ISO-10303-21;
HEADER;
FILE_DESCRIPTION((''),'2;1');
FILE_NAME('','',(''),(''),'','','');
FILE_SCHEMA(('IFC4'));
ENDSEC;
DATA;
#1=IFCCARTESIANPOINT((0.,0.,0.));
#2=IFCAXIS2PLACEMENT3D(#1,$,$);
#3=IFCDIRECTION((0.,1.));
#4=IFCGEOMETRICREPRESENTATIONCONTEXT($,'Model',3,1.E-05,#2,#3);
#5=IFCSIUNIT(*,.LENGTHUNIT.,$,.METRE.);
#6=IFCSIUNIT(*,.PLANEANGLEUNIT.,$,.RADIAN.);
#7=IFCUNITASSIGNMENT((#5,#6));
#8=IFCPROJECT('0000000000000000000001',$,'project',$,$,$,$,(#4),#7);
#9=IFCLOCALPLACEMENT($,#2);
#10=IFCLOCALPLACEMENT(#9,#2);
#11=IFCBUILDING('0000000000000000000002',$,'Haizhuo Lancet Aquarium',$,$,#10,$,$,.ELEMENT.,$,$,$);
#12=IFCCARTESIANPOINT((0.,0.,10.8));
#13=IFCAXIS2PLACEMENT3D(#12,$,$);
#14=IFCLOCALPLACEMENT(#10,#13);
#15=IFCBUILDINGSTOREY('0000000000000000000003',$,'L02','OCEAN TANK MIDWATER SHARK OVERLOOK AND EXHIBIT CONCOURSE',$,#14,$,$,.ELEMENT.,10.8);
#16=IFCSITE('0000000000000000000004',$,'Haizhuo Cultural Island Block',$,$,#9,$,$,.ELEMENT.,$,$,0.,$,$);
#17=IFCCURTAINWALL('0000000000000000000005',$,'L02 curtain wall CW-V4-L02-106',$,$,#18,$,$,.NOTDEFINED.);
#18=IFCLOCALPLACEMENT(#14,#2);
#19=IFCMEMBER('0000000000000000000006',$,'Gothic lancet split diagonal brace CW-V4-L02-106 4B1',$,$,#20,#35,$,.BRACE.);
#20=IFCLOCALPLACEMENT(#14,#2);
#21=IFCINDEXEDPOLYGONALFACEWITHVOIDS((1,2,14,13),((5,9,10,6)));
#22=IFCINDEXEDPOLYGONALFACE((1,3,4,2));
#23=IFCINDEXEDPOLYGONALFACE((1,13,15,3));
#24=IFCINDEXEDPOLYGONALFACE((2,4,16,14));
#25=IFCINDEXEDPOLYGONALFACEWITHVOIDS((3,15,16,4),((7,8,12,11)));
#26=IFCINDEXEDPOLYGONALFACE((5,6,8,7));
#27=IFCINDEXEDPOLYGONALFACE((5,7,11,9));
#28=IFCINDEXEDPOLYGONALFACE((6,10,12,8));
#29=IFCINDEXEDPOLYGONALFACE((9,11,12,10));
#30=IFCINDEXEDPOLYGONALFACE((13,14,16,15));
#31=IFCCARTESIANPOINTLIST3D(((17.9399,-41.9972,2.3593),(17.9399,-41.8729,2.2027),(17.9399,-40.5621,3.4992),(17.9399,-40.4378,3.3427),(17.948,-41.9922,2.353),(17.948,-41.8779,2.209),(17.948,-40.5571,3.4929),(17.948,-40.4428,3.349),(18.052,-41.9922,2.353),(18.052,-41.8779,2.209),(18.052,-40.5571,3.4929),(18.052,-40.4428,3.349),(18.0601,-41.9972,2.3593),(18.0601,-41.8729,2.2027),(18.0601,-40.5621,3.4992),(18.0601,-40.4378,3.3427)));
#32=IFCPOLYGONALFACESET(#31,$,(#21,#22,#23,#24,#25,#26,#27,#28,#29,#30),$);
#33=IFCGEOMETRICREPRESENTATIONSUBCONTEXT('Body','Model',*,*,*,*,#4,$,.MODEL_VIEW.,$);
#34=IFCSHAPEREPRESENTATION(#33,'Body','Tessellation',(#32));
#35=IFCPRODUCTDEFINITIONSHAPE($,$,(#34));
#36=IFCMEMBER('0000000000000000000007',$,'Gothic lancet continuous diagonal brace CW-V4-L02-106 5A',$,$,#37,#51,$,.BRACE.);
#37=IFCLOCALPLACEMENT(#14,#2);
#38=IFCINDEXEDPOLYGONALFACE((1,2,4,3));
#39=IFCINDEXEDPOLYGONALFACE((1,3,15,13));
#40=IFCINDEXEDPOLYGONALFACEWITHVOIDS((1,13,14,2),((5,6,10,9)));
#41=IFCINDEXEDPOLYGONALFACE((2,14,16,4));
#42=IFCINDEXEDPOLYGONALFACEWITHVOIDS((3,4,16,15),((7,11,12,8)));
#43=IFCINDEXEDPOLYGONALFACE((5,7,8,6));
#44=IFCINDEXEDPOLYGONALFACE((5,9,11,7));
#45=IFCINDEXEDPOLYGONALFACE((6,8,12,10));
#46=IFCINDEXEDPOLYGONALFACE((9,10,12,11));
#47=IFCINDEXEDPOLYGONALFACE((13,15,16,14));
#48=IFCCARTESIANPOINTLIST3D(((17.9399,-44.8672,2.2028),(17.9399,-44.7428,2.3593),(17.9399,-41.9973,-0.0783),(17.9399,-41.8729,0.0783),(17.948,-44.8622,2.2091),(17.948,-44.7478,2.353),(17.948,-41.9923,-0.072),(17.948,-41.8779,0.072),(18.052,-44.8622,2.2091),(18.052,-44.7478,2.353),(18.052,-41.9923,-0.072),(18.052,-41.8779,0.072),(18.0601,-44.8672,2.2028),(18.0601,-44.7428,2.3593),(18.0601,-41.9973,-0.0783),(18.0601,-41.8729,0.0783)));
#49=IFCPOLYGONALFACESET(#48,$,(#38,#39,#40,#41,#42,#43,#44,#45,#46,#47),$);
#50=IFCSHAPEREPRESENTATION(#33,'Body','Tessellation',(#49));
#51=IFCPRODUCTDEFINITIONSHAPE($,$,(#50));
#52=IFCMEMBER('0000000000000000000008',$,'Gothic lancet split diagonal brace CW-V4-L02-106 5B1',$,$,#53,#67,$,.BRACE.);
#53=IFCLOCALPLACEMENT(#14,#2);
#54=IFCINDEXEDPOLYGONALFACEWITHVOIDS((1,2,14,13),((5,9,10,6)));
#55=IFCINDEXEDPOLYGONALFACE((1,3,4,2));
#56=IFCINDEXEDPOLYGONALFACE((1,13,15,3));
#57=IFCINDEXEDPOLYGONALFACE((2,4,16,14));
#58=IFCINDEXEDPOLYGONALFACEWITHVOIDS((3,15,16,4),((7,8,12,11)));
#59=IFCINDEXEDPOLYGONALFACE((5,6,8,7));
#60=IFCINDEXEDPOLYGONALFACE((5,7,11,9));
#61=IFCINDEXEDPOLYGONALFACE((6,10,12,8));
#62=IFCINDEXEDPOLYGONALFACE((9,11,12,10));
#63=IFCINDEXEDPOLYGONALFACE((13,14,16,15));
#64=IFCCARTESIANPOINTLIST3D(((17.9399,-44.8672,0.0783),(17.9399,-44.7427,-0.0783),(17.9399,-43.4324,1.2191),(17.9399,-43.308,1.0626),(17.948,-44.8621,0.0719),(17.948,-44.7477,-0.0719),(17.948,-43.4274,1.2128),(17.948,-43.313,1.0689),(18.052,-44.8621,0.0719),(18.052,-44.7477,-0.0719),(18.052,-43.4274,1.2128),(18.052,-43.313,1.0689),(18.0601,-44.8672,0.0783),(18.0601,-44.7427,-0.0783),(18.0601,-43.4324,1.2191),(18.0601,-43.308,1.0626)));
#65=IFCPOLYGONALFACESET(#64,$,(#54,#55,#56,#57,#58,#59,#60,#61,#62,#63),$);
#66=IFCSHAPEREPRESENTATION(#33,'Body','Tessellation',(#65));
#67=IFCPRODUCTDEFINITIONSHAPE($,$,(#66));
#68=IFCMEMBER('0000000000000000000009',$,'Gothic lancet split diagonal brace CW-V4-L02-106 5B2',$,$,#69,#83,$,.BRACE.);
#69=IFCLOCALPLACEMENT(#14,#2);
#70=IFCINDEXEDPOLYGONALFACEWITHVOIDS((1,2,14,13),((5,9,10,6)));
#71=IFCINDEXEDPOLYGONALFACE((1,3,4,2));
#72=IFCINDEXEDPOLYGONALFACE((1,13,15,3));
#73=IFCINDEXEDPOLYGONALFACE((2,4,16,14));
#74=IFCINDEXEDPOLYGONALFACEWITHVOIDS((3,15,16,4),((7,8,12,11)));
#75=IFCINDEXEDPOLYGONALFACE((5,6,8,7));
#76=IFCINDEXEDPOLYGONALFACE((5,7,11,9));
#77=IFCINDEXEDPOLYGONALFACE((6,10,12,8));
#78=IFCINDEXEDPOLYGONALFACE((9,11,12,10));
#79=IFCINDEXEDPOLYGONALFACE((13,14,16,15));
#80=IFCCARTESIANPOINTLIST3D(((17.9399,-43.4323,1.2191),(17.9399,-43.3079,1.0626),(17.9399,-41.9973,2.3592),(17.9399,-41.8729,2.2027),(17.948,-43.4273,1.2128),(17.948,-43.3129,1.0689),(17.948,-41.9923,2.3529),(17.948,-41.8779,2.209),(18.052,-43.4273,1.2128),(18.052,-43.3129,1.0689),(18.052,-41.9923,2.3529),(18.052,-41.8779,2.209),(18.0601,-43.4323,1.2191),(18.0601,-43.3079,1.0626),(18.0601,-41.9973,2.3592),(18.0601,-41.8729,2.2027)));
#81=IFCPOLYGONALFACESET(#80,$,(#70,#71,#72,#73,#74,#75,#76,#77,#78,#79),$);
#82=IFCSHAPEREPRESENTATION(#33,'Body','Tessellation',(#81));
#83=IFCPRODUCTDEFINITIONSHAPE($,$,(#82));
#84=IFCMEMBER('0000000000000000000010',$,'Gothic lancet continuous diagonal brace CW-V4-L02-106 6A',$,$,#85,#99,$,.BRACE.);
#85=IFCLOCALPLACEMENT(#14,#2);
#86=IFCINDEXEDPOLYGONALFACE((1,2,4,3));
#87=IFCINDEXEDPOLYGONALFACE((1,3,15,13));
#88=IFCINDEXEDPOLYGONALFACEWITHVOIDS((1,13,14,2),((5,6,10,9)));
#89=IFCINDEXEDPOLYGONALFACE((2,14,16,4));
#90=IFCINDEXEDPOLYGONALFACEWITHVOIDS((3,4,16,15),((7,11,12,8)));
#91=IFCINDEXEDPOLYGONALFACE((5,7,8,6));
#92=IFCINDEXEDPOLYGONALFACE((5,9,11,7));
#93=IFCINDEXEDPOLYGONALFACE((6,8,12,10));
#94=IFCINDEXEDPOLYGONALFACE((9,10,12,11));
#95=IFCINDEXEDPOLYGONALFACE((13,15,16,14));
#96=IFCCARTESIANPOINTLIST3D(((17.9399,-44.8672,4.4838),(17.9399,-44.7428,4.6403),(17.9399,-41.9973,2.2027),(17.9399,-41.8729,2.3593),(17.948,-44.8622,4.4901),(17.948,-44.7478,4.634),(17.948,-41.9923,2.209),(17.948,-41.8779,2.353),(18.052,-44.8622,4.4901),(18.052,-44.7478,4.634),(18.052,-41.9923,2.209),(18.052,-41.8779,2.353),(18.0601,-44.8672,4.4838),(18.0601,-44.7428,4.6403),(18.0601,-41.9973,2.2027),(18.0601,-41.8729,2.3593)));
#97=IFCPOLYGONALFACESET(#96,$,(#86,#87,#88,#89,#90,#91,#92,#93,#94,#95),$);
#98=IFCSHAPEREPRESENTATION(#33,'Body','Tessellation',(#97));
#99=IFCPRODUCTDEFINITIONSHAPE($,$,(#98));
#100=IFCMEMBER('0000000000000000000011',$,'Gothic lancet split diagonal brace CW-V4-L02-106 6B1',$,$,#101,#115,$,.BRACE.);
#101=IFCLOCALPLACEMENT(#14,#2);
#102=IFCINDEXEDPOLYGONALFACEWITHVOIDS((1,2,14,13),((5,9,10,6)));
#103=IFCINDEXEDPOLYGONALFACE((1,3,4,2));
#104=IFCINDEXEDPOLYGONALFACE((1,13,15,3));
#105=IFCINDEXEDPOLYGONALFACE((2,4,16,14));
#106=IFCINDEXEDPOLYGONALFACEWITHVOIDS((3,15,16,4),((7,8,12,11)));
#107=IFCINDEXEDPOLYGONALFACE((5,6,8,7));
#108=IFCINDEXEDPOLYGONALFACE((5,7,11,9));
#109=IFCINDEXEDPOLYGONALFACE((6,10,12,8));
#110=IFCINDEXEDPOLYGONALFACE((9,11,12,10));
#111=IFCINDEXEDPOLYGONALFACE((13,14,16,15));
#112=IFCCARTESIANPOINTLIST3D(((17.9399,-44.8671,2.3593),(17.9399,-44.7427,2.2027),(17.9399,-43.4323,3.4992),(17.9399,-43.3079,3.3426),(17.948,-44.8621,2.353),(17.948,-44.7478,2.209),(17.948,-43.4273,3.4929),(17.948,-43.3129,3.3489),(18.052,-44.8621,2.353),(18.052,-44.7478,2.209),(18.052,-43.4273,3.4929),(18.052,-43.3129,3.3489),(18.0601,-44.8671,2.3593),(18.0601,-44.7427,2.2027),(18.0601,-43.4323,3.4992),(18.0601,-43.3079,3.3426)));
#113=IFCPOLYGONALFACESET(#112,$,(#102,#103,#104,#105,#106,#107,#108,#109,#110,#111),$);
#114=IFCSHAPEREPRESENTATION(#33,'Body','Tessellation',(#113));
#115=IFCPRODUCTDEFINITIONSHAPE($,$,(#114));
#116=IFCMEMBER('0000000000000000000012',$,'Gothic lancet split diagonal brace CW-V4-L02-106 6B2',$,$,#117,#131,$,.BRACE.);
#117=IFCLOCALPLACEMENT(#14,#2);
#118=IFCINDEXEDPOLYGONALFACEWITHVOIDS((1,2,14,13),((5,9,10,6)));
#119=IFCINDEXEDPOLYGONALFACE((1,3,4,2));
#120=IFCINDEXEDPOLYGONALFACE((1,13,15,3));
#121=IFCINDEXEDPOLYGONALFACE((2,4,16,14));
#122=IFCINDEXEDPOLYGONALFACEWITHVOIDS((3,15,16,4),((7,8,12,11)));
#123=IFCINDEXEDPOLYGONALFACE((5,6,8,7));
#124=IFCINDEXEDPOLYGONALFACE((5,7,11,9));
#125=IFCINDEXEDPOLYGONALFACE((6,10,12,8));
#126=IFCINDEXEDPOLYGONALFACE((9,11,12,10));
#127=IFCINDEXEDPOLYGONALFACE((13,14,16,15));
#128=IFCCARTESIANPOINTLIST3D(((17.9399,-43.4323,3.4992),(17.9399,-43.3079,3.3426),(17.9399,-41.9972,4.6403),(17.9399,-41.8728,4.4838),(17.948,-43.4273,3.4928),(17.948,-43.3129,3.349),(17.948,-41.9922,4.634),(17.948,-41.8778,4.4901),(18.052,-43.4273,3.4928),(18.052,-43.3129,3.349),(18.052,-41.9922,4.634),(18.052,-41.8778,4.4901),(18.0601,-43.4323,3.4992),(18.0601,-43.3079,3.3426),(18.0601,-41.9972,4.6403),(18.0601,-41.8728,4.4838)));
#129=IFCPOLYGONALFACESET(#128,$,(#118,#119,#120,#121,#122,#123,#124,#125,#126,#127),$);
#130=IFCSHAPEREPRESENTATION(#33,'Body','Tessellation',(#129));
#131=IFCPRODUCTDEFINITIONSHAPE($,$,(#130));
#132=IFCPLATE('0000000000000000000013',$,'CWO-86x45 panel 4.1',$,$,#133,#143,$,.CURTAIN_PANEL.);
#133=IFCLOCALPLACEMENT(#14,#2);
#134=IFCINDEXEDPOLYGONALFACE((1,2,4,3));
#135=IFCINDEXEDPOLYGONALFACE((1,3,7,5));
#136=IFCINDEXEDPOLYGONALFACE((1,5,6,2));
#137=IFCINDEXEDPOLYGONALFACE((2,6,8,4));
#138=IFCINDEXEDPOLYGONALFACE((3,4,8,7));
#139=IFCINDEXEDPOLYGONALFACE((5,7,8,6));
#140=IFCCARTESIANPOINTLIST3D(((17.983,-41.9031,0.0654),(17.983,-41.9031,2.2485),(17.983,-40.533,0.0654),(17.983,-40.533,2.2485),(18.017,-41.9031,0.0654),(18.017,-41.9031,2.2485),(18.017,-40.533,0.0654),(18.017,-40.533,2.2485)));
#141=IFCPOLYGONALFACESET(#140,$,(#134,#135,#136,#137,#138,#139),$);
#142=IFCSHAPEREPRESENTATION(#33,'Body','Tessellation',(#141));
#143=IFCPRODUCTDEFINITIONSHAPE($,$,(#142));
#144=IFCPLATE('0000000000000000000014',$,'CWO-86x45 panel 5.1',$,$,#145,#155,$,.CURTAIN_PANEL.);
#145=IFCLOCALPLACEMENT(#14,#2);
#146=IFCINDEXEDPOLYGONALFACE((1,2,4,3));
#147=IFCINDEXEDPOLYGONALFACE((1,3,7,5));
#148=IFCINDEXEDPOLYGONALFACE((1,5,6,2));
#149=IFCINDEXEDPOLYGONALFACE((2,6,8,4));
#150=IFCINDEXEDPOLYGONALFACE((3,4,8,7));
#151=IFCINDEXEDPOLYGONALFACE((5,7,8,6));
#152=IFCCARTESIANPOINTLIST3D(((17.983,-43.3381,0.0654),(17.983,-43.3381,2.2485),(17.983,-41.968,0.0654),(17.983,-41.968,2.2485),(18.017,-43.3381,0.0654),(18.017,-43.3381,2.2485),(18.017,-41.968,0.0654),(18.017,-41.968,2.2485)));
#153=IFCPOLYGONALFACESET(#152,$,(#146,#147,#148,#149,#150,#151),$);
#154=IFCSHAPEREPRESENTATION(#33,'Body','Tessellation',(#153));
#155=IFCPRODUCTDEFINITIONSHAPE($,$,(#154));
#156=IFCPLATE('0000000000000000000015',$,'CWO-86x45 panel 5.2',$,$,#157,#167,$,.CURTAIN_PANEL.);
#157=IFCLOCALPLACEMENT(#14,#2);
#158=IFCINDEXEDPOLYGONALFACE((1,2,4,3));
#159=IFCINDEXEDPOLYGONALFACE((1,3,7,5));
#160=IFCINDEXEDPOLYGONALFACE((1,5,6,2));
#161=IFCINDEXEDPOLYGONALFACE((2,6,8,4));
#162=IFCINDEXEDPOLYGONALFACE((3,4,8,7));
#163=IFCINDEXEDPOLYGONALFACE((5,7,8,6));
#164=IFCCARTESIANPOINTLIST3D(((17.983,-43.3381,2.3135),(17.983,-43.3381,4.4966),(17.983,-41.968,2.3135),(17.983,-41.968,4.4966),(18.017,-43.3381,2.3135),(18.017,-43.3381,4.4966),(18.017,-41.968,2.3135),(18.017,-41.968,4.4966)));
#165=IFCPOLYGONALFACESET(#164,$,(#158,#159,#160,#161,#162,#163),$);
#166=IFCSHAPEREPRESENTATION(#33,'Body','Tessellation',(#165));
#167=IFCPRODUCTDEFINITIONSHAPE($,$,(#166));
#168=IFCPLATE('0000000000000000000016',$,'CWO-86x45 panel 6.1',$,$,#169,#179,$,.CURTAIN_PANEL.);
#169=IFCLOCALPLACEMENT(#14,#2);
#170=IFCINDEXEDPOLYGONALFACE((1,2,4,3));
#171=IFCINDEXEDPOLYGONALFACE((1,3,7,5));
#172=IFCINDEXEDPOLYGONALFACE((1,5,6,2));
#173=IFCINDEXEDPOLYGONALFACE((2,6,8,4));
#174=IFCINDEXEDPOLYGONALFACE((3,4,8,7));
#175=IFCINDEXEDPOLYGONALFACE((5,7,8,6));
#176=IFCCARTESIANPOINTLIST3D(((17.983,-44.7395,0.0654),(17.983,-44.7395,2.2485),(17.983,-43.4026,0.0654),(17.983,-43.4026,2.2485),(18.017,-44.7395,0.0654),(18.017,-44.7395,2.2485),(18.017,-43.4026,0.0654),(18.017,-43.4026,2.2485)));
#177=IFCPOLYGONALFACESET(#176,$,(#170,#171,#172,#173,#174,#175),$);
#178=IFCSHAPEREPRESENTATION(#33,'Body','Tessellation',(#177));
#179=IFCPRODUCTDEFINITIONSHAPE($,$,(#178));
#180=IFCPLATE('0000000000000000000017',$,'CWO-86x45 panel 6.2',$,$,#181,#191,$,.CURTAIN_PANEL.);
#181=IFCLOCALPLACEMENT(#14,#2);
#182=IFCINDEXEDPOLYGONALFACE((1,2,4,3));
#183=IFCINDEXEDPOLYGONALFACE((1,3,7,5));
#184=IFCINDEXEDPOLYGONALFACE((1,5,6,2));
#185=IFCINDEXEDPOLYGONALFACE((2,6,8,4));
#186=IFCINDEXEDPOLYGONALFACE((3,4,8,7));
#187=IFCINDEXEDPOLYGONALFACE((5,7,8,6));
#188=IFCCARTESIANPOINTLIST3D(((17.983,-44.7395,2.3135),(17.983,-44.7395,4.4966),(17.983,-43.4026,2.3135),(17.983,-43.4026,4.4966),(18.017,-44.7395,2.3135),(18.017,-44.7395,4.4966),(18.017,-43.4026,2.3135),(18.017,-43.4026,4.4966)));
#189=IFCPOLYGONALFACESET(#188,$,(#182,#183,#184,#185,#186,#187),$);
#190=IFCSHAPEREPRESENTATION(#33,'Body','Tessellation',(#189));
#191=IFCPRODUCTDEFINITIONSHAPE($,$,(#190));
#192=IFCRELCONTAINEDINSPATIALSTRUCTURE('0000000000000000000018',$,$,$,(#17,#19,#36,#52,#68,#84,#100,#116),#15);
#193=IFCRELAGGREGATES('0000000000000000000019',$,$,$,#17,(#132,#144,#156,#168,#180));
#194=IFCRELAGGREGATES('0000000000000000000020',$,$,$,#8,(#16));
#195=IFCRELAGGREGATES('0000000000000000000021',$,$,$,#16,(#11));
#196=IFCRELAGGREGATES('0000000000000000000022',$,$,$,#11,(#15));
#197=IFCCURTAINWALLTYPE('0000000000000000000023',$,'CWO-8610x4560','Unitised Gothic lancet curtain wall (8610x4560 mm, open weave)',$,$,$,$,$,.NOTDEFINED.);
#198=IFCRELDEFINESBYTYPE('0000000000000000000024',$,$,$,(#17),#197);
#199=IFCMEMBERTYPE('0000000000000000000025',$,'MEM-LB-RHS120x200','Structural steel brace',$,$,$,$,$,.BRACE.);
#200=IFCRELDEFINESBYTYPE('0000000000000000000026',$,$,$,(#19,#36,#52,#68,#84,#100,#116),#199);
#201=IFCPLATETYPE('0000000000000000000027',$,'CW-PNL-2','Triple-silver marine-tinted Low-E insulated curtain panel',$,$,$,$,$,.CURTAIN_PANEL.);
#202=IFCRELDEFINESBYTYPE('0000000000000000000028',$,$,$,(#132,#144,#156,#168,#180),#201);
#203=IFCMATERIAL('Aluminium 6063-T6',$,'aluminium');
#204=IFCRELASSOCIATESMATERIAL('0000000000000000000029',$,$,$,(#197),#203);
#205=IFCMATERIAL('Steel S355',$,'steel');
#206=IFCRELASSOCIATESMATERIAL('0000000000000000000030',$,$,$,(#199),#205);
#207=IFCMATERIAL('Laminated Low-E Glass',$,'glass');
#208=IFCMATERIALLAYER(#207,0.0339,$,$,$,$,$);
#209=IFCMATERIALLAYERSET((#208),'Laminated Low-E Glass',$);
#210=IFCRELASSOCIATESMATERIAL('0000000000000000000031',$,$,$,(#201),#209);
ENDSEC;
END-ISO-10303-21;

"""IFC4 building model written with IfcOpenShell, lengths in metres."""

from ifc_helpers import new_model, si_unit, direction, frame, origin, origin_2d, place, context, subcontext, project, spatial, rectangle, hollow_rectangle, extrude, material, layer, layer_set, material_profile, profile_set, type_object, element, aggregate, save


model = new_model("IFC4")

# Units and contexts
model_context = context("Model", 3, precision=1e-05, world=origin(), true_north=direction((0.0, 1.0)))
body_context = subcontext(model_context, "Body", "Model", "MODEL_VIEW")
ifc_project = project(units=[si_unit("LENGTHUNIT", "METRE"), si_unit("PLANEANGLEUNIT", "RADIAN")], contexts=[model_context])

# Site, building, storey
site_placement = place(None, origin())
site = spatial("IfcSite", under=ifc_project, at=site_placement, Name="Haizhuo Cultural Island Block", CompositionType="ELEMENT", RefElevation=0.0)
building_placement = place(site_placement, origin())
building = spatial("IfcBuilding", under=site, at=building_placement, Name="Haizhuo Lancet Aquarium", CompositionType="ELEMENT")
storey_placement = place(building_placement, frame((0.0, 0.0, 10.8)))
storey = spatial("IfcBuildingStorey", under=building, at=storey_placement, Name="L02", Description="OCEAN TANK MIDWATER SHARK OVERLOOK AND EXHIBIT CONCOURSE", CompositionType="ELEMENT", Elevation=10.8)

# Curtain wall
ifc_material_1 = material(Name="Aluminium 6063-T6", Category="aluminium")
curtain_wall_type = type_object("IfcCurtainWallType", Name="CWO-8610x4560", Description="Unitised Gothic lancet curtain wall (8610x4560 mm, open weave)", PredefinedType="NOTDEFINED", material=ifc_material_1)
curtain_wall_placement = place(storey_placement, origin())
curtain_wall = element("IfcCurtainWall", 1, at=curtain_wall_placement, inside=storey, type_object=curtain_wall_type, Name="L02 curtain wall CW-V4-L02-106", PredefinedType="NOTDEFINED")

# Members
ifc_material_2 = material(Name="Steel S355", Category="steel")
ifc_material_profile_1 = material_profile(ifc_material_2, hollow_rectangle(XDim=0.1201, YDim=0.2, WallThickness=0.0081, at=origin_2d()), Name="RHS 120x200x8")
ifc_profile_set_1 = profile_set([ifc_material_profile_1], Name="Steel S355")
member_type_1 = type_object("IfcMemberType", Name="MEM-LB-RHS120x200", Description="Structural steel brace", PredefinedType="BRACE", material=ifc_profile_set_1)
member_1_placement = place(storey_placement, frame((18.0, -41.9351, 2.281), z_axis=(0.0, 0.783035, 0.621978), x_axis=(-1.0, 0.0, 0.0)))
element("IfcMember", 2, at=member_1_placement, inside=storey, type_object=member_type_1, Name="Gothic lancet split diagonal brace CW-V4-L02-106 4B1", PredefinedType="BRACE", context=body_context, shape_type="SweptSolid", body=[
    extrude(hollow_rectangle(XDim=0.1201, YDim=0.2, WallThickness=0.0081, at=origin_2d()), origin(), (0.0, 0.0, 1.0), 1.8328),
])
member_2_placement = place(storey_placement, frame((18.0, -41.9351, 0.0), z_axis=(0.0, -0.782847, 0.622215), x_axis=(1.0, 0.0, 0.0)))
element("IfcMember", 3, at=member_2_placement, inside=storey, type_object=member_type_1, Name="Gothic lancet continuous diagonal brace CW-V4-L02-106 5A", PredefinedType="BRACE", context=body_context, shape_type="SweptSolid", body=[
    extrude(hollow_rectangle(XDim=0.1201, YDim=0.2, WallThickness=0.0081, at=origin_2d()), origin(), (0.0, 0.0, 1.0), 3.666),
])
member_3_placement = place(storey_placement, frame((18.0, -44.8049, 0.0), z_axis=(0.0, 0.782723, 0.62237), x_axis=(-1.0, 0.0, 0.0)))
element("IfcMember", 4, at=member_3_placement, inside=storey, type_object=member_type_1, Name="Gothic lancet split diagonal brace CW-V4-L02-106 5B1", PredefinedType="BRACE", context=body_context, shape_type="SweptSolid", body=[
    extrude(hollow_rectangle(XDim=0.1201, YDim=0.2, WallThickness=0.0081, at=origin_2d()), origin(), (0.0, 0.0, 1.0), 1.833),
])
member_4_placement = place(storey_placement, frame((18.0, -43.3701, 1.1409), z_axis=(0.0, 0.78297, 0.62206), x_axis=(-1.0, 0.0, 0.0)))
element("IfcMember", 5, at=member_4_placement, inside=storey, type_object=member_type_1, Name="Gothic lancet split diagonal brace CW-V4-L02-106 5B2", PredefinedType="BRACE", context=body_context, shape_type="SweptSolid", body=[
    extrude(hollow_rectangle(XDim=0.1201, YDim=0.2, WallThickness=0.0081, at=origin_2d()), origin(), (0.0, 0.0, 1.0), 1.8328),
])
member_5_placement = place(storey_placement, frame((18.0, -41.9351, 2.281), z_axis=(0.0, -0.782847, 0.622215), x_axis=(1.0, 0.0, 0.0)))
element("IfcMember", 6, at=member_5_placement, inside=storey, type_object=member_type_1, Name="Gothic lancet continuous diagonal brace CW-V4-L02-106 6A", PredefinedType="BRACE", context=body_context, shape_type="SweptSolid", body=[
    extrude(hollow_rectangle(XDim=0.1201, YDim=0.2, WallThickness=0.0081, at=origin_2d()), origin(), (0.0, 0.0, 1.0), 3.666),
])
member_6_placement = place(storey_placement, frame((18.0, -44.8049, 2.281), z_axis=(0.0, 0.782983, 0.622043), x_axis=(-1.0, 0.0, 0.0)))
element("IfcMember", 7, at=member_6_placement, inside=storey, type_object=member_type_1, Name="Gothic lancet split diagonal brace CW-V4-L02-106 6B1", PredefinedType="BRACE", context=body_context, shape_type="SweptSolid", body=[
    extrude(hollow_rectangle(XDim=0.1201, YDim=0.2, WallThickness=0.0081, at=origin_2d()), origin(), (0.0, 0.0, 1.0), 1.8325),
])
member_7_placement = place(storey_placement, frame((18.0, -43.3701, 3.4209), z_axis=(0.0, 0.78271, 0.622386), x_axis=(-1.0, 0.0, 0.0)))
element("IfcMember", 8, at=member_7_placement, inside=storey, type_object=member_type_1, Name="Gothic lancet split diagonal brace CW-V4-L02-106 6B2", PredefinedType="BRACE", context=body_context, shape_type="SweptSolid", body=[
    extrude(hollow_rectangle(XDim=0.1201, YDim=0.2, WallThickness=0.0081, at=origin_2d()), origin(), (0.0, 0.0, 1.0), 1.8335),
])

# Plates
ifc_material_3 = material(Name="Laminated Low-E Glass", Category="glass")
ifc_layer = layer(ifc_material_3, 0.0339)
ifc_layer_set = layer_set([ifc_layer], Name="Laminated Low-E Glass")
plate_type = type_object("IfcPlateType", Name="CW-PNL-2", Description="Triple-silver marine-tinted Low-E insulated curtain panel", PredefinedType="CURTAIN_PANEL", material=ifc_layer_set)
plate_1_placement = place(storey_placement, frame((18.0, -41.218, 0.0654), z_axis=(0.0, 0.0, 1.0), x_axis=(0.0, -1.0, 0.0)))
plate_1 = element("IfcPlate", 9, at=plate_1_placement, type_object=plate_type, Name="CWO-86x45 panel 4.1", PredefinedType="CURTAIN_PANEL", context=body_context, shape_type="SweptSolid", body=[
    extrude(rectangle(XDim=1.3701, YDim=0.0339, at=origin_2d()), origin(), (0.0, 0.0, 1.0), 2.1831),
])
plate_2_placement = place(storey_placement, frame((18.0, -42.6531, 0.0654), z_axis=(0.0, 0.0, 1.0), x_axis=(0.0, -1.0, 0.0)))
plate_2 = element("IfcPlate", 10, at=plate_2_placement, type_object=plate_type, Name="CWO-86x45 panel 5.1", PredefinedType="CURTAIN_PANEL", context=body_context, shape_type="SweptSolid", body=[
    extrude(rectangle(XDim=1.3701, YDim=0.0339, at=origin_2d()), origin(), (0.0, 0.0, 1.0), 2.1831),
])
plate_3_placement = place(storey_placement, frame((18.0, -42.6531, 2.3135), z_axis=(0.0, 0.0, 1.0), x_axis=(0.0, -1.0, 0.0)))
plate_3 = element("IfcPlate", 11, at=plate_3_placement, type_object=plate_type, Name="CWO-86x45 panel 5.2", PredefinedType="CURTAIN_PANEL", context=body_context, shape_type="SweptSolid", body=[
    extrude(rectangle(XDim=1.3701, YDim=0.0339, at=origin_2d()), origin(), (0.0, 0.0, 1.0), 2.1831),
])
plate_4_placement = place(storey_placement, frame((18.0, -44.071, 0.0654), z_axis=(0.0, 0.0, 1.0), x_axis=(0.0, -1.0, 0.0)))
plate_4 = element("IfcPlate", 12, at=plate_4_placement, type_object=plate_type, Name="CWO-86x45 panel 6.1", PredefinedType="CURTAIN_PANEL", context=body_context, shape_type="SweptSolid", body=[
    extrude(rectangle(XDim=1.3369, YDim=0.0339, at=origin_2d()), origin(), (0.0, 0.0, 1.0), 2.1831),
])
plate_5_placement = place(storey_placement, frame((18.0, -44.071, 2.3135), z_axis=(0.0, 0.0, 1.0), x_axis=(0.0, -1.0, 0.0)))
plate_5 = element("IfcPlate", 13, at=plate_5_placement, type_object=plate_type, Name="CWO-86x45 panel 6.2", PredefinedType="CURTAIN_PANEL", context=body_context, shape_type="SweptSolid", body=[
    extrude(rectangle(XDim=1.3369, YDim=0.0339, at=origin_2d()), origin(), (0.0, 0.0, 1.0), 2.1831),
])
aggregate(curtain_wall, [plate_1, plate_2, plate_3, plate_4, plate_5])

save(model, "model.ifc")
